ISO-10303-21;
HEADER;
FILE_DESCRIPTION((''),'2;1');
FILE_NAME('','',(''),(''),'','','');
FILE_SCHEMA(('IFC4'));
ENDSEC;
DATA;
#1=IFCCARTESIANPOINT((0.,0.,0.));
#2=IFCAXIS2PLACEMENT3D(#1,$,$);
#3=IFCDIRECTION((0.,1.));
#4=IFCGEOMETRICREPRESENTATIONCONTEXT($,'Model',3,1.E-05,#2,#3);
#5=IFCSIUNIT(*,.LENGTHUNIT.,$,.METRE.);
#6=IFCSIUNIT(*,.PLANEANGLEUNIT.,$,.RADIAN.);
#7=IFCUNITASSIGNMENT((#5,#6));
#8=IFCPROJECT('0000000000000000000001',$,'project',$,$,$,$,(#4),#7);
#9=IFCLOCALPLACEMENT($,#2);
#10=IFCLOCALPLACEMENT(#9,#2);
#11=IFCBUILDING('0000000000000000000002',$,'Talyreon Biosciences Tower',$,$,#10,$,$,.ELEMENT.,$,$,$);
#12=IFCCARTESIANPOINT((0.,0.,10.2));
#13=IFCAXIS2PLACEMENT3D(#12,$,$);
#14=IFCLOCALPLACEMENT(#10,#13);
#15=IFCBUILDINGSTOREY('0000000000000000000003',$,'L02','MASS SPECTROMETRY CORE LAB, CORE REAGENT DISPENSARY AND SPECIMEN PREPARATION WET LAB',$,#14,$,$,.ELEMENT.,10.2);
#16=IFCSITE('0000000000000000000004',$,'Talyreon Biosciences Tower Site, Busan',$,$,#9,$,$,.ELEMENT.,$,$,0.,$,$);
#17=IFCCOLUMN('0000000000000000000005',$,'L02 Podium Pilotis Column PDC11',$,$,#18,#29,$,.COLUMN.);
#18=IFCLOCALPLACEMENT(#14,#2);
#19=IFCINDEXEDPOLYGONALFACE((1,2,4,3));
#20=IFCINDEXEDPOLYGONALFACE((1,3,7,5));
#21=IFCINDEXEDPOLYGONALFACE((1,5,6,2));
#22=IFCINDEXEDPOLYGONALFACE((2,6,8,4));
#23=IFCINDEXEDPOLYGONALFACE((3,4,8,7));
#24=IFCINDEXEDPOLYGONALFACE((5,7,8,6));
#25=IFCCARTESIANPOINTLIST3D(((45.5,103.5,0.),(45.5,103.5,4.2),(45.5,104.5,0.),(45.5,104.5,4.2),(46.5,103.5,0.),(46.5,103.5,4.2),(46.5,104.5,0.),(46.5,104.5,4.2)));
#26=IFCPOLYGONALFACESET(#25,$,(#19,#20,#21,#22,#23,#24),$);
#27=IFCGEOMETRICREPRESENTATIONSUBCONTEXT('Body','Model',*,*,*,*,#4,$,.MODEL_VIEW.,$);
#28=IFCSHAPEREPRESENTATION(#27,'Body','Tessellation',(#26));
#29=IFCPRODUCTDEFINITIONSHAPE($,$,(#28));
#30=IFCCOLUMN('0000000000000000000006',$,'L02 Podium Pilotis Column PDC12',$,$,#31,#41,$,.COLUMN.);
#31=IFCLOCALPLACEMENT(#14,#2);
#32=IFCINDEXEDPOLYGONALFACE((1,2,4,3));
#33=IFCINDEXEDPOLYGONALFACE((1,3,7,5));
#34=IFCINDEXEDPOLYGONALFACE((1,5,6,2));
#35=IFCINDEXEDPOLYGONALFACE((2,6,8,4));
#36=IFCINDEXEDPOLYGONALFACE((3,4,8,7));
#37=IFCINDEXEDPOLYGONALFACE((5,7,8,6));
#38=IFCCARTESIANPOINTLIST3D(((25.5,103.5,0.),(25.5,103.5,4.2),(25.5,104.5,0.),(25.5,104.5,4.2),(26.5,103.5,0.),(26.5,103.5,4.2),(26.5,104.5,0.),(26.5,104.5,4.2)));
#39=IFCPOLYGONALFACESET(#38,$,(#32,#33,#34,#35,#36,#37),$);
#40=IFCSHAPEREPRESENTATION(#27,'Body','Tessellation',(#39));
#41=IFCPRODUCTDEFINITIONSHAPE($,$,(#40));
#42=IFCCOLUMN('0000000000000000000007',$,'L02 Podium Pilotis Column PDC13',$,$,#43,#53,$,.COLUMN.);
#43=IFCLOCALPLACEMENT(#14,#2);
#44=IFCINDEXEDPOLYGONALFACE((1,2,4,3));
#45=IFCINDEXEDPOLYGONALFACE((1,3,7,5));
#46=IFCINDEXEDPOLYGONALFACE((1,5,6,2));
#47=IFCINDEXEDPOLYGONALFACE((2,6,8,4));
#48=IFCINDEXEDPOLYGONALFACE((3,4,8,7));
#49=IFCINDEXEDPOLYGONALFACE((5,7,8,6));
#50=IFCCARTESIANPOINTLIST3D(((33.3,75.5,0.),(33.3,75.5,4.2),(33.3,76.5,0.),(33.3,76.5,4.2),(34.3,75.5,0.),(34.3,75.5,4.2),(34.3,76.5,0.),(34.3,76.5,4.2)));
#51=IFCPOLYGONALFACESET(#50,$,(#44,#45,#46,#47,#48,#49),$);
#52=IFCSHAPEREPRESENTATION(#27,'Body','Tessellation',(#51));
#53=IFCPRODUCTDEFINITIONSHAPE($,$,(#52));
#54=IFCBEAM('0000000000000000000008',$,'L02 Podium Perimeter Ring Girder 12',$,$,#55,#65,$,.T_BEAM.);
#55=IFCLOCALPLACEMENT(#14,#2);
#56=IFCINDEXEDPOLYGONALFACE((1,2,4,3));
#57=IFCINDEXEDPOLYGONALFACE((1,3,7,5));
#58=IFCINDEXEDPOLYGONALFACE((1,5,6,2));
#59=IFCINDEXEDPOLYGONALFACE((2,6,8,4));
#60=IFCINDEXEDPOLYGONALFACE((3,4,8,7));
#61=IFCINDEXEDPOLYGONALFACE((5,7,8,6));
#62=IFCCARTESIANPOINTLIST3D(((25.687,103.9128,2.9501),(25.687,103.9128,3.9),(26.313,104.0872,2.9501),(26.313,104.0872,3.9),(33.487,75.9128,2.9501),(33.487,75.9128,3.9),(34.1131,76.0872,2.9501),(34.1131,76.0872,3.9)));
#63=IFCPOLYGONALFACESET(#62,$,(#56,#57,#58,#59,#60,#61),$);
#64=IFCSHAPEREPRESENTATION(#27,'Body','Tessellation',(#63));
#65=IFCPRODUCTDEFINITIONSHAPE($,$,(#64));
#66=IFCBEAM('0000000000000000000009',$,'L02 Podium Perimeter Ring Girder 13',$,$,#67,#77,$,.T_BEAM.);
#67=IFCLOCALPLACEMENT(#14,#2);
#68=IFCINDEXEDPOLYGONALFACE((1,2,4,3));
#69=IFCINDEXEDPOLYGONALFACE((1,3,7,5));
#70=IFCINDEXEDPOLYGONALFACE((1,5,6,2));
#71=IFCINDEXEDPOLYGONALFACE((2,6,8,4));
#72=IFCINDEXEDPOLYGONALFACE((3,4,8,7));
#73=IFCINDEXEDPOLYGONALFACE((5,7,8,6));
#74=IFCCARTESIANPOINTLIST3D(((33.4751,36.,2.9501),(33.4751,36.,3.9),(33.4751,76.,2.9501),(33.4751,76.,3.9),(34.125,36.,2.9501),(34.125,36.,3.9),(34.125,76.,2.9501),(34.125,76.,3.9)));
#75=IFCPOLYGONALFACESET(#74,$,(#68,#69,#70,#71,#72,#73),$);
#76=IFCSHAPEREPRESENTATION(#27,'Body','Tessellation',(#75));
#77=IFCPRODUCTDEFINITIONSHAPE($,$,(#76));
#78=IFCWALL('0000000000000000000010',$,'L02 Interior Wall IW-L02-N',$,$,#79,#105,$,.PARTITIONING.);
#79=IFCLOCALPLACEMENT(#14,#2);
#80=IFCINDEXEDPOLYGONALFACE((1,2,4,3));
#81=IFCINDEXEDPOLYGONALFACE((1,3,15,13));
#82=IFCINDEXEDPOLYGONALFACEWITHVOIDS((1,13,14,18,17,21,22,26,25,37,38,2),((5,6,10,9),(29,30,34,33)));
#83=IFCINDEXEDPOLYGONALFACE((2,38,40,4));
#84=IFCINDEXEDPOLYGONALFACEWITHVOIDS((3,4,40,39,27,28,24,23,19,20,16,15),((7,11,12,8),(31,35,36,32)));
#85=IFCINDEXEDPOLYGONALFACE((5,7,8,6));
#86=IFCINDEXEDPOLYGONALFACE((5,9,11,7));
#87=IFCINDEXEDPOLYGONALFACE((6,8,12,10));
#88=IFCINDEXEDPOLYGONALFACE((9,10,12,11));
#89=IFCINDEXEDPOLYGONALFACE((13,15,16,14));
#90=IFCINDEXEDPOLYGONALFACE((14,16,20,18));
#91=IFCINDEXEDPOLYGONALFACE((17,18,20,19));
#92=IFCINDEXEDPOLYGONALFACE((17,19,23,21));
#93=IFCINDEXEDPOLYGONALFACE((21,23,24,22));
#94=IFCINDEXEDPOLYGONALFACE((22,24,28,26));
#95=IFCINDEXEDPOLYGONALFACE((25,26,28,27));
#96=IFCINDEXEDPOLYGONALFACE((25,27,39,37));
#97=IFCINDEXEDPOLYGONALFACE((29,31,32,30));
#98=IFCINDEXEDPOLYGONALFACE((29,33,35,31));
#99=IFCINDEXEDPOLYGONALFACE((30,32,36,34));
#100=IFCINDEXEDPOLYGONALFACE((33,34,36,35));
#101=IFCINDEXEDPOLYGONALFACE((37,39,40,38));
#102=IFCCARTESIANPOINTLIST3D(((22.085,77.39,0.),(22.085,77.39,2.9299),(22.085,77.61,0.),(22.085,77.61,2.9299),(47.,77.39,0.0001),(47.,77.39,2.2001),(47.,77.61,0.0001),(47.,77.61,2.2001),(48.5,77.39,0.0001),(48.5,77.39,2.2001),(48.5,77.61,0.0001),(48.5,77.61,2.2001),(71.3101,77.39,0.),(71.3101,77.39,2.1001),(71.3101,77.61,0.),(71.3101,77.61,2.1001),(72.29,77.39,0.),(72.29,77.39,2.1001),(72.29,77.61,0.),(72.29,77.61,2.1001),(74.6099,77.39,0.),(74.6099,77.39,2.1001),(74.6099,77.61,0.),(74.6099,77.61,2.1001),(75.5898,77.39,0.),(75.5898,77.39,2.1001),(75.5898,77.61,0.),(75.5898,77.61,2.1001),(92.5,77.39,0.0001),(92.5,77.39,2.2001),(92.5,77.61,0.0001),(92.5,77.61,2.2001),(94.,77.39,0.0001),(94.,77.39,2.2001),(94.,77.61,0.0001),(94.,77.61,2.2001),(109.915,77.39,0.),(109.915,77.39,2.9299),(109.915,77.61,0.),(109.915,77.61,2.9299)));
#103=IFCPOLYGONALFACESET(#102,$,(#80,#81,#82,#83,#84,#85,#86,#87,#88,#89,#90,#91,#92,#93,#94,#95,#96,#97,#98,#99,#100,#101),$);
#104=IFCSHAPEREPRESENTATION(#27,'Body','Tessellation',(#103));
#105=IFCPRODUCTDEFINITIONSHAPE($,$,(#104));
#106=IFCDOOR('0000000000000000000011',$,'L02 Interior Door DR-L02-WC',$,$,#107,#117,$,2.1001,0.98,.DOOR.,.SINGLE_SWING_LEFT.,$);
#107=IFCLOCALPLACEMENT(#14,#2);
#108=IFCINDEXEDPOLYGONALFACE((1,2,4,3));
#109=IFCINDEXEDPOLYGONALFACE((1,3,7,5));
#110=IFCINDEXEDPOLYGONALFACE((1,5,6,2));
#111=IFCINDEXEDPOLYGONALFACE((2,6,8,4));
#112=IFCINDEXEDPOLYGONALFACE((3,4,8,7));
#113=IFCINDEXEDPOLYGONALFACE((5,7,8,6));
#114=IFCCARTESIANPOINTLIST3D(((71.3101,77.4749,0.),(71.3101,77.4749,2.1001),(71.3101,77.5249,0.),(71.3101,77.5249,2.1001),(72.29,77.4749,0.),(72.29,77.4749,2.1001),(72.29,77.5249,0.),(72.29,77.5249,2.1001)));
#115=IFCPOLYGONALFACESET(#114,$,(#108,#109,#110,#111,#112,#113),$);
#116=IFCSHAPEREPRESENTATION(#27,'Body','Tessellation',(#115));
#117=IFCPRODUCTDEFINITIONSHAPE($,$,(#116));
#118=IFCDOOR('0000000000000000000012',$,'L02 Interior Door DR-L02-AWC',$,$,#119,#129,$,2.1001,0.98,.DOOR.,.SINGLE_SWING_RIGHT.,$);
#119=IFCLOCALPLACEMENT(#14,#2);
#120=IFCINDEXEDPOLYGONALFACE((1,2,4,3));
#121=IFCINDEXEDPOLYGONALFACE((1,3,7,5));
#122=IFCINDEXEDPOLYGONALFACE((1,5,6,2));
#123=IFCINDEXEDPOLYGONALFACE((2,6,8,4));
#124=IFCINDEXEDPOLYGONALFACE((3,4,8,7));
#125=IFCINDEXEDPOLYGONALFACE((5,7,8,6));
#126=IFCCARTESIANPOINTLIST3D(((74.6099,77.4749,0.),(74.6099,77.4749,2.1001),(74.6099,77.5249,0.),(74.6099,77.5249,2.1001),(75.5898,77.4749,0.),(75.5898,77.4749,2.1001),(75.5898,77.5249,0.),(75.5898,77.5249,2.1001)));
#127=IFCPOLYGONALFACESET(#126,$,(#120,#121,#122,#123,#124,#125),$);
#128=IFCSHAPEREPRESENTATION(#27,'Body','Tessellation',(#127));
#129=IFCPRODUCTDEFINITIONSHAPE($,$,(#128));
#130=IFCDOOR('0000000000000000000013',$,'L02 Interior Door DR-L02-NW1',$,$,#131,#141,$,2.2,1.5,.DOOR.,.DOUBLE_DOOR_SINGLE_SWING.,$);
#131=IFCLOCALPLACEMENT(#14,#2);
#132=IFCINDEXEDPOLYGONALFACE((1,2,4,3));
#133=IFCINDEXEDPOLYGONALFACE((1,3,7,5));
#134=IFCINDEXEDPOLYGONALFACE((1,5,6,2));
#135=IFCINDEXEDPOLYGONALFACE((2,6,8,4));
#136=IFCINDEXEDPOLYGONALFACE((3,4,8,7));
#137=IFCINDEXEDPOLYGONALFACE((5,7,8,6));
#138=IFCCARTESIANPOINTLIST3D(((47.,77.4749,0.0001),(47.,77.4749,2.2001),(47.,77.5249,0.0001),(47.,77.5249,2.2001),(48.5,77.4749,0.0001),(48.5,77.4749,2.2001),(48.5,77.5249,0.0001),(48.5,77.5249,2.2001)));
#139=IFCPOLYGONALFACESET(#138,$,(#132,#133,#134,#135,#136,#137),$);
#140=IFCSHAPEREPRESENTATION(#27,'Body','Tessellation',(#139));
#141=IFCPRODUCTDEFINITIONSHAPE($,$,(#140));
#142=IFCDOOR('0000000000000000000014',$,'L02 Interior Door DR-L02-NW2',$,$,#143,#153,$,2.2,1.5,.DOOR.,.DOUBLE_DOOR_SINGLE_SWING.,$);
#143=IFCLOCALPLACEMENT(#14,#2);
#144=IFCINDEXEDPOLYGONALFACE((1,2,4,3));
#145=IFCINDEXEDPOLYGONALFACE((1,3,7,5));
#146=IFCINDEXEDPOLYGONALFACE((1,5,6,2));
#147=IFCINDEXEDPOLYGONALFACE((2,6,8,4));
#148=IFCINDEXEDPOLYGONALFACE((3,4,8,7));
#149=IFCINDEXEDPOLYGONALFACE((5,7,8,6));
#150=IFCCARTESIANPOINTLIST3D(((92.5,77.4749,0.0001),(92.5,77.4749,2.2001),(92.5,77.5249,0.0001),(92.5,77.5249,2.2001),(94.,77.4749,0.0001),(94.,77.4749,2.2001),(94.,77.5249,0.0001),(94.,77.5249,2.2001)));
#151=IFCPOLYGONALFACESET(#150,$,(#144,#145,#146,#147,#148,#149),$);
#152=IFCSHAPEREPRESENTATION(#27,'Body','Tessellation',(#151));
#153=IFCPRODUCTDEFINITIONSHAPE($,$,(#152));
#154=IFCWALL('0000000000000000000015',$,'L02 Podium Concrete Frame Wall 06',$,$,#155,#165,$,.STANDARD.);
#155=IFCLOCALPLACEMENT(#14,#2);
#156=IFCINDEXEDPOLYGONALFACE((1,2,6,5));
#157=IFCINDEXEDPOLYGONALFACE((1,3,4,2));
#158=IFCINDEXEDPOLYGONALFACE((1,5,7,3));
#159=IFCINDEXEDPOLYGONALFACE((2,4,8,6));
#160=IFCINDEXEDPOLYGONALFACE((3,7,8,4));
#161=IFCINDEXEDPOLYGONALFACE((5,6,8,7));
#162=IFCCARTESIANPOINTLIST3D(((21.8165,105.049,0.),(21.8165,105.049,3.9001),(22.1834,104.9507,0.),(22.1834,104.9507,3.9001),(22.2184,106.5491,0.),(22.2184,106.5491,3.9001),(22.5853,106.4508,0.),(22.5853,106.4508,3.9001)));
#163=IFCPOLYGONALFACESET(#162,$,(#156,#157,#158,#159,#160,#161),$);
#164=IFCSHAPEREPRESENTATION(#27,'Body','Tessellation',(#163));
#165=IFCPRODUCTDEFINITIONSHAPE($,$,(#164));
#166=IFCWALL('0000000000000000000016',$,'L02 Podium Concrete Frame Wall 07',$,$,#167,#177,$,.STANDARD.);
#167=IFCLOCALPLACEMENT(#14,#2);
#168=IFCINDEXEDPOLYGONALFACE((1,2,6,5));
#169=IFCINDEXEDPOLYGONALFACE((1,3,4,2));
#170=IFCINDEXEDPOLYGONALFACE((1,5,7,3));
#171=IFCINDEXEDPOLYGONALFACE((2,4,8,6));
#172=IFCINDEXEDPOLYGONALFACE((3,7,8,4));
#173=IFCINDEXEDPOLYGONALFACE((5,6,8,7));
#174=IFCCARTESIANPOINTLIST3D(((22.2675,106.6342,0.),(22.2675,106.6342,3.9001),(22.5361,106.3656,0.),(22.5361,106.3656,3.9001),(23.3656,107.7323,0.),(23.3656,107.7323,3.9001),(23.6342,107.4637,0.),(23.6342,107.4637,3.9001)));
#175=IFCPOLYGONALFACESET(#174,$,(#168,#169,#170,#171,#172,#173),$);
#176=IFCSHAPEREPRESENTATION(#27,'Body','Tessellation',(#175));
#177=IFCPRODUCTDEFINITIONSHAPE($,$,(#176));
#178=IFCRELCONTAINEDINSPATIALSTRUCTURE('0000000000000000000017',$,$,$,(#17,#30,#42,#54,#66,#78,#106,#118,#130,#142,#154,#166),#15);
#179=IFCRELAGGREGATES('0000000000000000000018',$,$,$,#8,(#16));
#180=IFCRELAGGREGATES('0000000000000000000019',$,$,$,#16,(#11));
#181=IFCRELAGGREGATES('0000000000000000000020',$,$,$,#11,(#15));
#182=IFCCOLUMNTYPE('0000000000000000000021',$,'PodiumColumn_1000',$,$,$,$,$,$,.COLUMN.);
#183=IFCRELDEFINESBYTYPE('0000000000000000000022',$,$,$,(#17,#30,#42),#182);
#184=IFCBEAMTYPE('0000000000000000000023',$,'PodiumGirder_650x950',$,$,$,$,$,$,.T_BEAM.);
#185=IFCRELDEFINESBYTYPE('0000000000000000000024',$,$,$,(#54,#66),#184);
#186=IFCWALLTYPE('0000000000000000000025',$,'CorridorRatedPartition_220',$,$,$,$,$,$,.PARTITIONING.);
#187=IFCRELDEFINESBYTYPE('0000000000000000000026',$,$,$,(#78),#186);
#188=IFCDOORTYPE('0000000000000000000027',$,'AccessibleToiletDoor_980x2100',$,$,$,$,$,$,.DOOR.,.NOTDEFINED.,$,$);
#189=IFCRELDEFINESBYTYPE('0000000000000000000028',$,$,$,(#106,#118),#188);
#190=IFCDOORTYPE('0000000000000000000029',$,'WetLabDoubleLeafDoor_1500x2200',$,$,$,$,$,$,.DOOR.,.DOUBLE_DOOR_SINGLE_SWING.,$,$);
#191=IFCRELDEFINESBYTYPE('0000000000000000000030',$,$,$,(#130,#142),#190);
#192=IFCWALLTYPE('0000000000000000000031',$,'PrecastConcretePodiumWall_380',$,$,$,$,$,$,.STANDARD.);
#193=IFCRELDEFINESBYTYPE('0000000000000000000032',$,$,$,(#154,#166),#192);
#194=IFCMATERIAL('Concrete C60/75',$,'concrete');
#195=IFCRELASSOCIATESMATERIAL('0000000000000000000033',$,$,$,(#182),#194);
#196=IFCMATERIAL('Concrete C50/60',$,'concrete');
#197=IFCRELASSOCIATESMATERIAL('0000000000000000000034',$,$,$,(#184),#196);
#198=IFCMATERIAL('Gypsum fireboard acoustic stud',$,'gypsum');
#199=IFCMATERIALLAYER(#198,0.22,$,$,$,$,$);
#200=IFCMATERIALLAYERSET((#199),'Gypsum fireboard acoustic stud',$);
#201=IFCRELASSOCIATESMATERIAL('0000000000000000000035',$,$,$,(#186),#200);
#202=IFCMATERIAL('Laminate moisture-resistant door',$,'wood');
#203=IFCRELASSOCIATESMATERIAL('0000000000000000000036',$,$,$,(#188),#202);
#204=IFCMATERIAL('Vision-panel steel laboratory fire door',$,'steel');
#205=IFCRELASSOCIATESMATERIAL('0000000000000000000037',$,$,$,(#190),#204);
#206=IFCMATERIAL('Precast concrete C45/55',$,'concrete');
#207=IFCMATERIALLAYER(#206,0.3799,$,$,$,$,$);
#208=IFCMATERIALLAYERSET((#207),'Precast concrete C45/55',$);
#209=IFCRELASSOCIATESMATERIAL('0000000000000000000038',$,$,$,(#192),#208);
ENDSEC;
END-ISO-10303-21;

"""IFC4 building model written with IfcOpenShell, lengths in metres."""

from ifc_helpers import new_model, si_unit, direction, frame, frame_2d, origin, origin_2d, place, context, subcontext, project, spatial, rectangle, extrude, material, layer, layer_set, material_profile, profile_set, type_object, element, fill, save


model = new_model("IFC4")

# Units and contexts
model_context = context("Model", 3, precision=1e-05, world=origin(), true_north=direction((0.0, 1.0)))
body_context = subcontext(model_context, "Body", "Model", "MODEL_VIEW")
ifc_project = project(units=[si_unit("LENGTHUNIT", "METRE"), si_unit("PLANEANGLEUNIT", "RADIAN")], contexts=[model_context])

# Site, building, storey
site_placement = place(None, origin())
site = spatial("IfcSite", under=ifc_project, at=site_placement, Name="Talyreon Biosciences Tower Site, Busan", CompositionType="ELEMENT", RefElevation=0.0)
building_placement = place(site_placement, origin())
building = spatial("IfcBuilding", under=site, at=building_placement, Name="Talyreon Biosciences Tower", CompositionType="ELEMENT")
storey_placement = place(building_placement, frame((0.0, 0.0, 10.2)))
storey = spatial("IfcBuildingStorey", under=building, at=storey_placement, Name="L02", Description="MASS SPECTROMETRY CORE LAB, CORE REAGENT DISPENSARY AND SPECIMEN PREPARATION WET LAB", CompositionType="ELEMENT", Elevation=10.2)

# Columns
ifc_material_1 = material(Name="Concrete C60/75", Category="concrete")
ifc_material_profile_1 = material_profile(ifc_material_1, rectangle(XDim=1.0, YDim=1.0, at=origin_2d()), Name="RC 1000x1000")
ifc_profile_set_1 = profile_set([ifc_material_profile_1], Name="Concrete C60/75")
column_type = type_object("IfcColumnType", Name="PodiumColumn_1000", PredefinedType="COLUMN", material=ifc_profile_set_1)
for number, where, z_axis, x_axis, name in (
    (1, (46.0, 104.0, 0.0), (0.0, 0.0, 1.0), (1.0, 0.0, 0.0), "L02 Podium Pilotis Column PDC11"),
    (2, (26.0, 104.0, 0.0), (0.0, 0.0, 1.0), (1.0, 0.0, 0.0), "L02 Podium Pilotis Column PDC12"),
    (3, (33.8, 76.0, 0.0), (0.0, 0.0, 1.0), (1.0, 0.0, 0.0), "L02 Podium Pilotis Column PDC13"),
):
    element("IfcColumn", number, at=place(storey_placement, frame(where, z_axis=z_axis, x_axis=x_axis)), inside=storey, type_object=column_type, Name=name, PredefinedType="COLUMN", context=body_context, shape_type="SweptSolid", body=[
        extrude(rectangle(XDim=1.0, YDim=1.0, at=origin_2d()), origin(), (0.0, 0.0, 1.0), 4.2),
    ])

# Beams
ifc_material_2 = material(Name="Concrete C50/60", Category="concrete")
ifc_material_profile_2 = material_profile(ifc_material_2, rectangle(XDim=0.6499, YDim=0.95, at=origin_2d()), Name="RCB 650x950")
ifc_profile_set_2 = profile_set([ifc_material_profile_2], Name="Concrete C50/60")
beam_type = type_object("IfcBeamType", Name="PodiumGirder_650x950", PredefinedType="T_BEAM", material=ifc_profile_set_2)
beam_1_placement = place(storey_placement, frame((26.0, 104.0, 3.425), z_axis=(0.268355, -0.96332, 0.0), x_axis=(0.96332, 0.268355, 0.0)))
element("IfcBeam", 4, at=beam_1_placement, inside=storey, type_object=beam_type, Name="L02 Podium Perimeter Ring Girder 12", PredefinedType="T_BEAM", context=body_context, shape_type="SweptSolid", body=[
    extrude(rectangle(XDim=0.6499, YDim=0.95, at=origin_2d()), origin(), (0.0, 0.0, 1.0), 29.0662),
])
beam_2_placement = place(storey_placement, frame((33.8, 76.0, 3.425), z_axis=(0.0, -1.0, 0.0), x_axis=(1.0, 0.0, 0.0)))
element("IfcBeam", 5, at=beam_2_placement, inside=storey, type_object=beam_type, Name="L02 Podium Perimeter Ring Girder 13", PredefinedType="T_BEAM", context=body_context, shape_type="SweptSolid", body=[
    extrude(rectangle(XDim=0.6499, YDim=0.95, at=origin_2d()), origin(), (0.0, 0.0, 1.0), 40.0),
])

# Wall, openings, doors
ifc_material_3 = material(Name="Gypsum fireboard acoustic stud", Category="gypsum")
ifc_layer_1 = layer(ifc_material_3, 0.22)
ifc_layer_set_1 = layer_set([ifc_layer_1], Name="Gypsum fireboard acoustic stud")
wall_type_1 = type_object("IfcWallType", Name="CorridorRatedPartition_220", PredefinedType="PARTITIONING", material=ifc_layer_set_1)
wall_1_placement = place(storey_placement, frame((22.085, 77.5, 0.0), z_axis=(0.0, 0.0, 1.0), x_axis=(1.0, 0.0, 0.0)))
wall_1 = element("IfcWall", 6, at=wall_1_placement, inside=storey, type_object=wall_type_1, Name="L02 Interior Wall IW-L02-N", PredefinedType="PARTITIONING", context=body_context, shape_type="SweptSolid", body=[
    extrude(rectangle(XDim=87.8301, YDim=0.22, at=frame_2d((43.915, 0.0))), origin(), (0.0, 0.0, 1.0), 2.9299),
])
opening_1_placement = place(wall_1_placement, frame((24.915, 0.0, 0.0)))
opening_1 = element("IfcOpeningElement", 7, at=opening_1_placement, cuts=wall_1, PredefinedType="OPENING", context=body_context, shape_type="SweptSolid", body=[
    extrude(rectangle(XDim=1.5, YDim=2.2, at=frame_2d((0.75, 1.1001))), frame((0.0, 0.1199, 0.0), z_axis=(0.0, -1.0, 0.0), x_axis=(1.0, 0.0, 0.0)), (0.0, 0.0, 1.0), 0.24),
])
opening_2_placement = place(wall_1_placement, frame((49.2251, 0.0, 0.0)))
opening_2 = element("IfcOpeningElement", 8, at=opening_2_placement, cuts=wall_1, PredefinedType="OPENING", context=body_context, shape_type="SweptSolid", body=[
    extrude(rectangle(XDim=0.98, YDim=2.1001, at=frame_2d((0.49, 1.05))), frame((0.0, 0.1199, 0.0), z_axis=(0.0, -1.0, 0.0), x_axis=(1.0, 0.0, 0.0)), (0.0, 0.0, 1.0), 0.24),
])
opening_3_placement = place(wall_1_placement, frame((52.5249, 0.0, 0.0)))
opening_3 = element("IfcOpeningElement", 9, at=opening_3_placement, cuts=wall_1, PredefinedType="OPENING", context=body_context, shape_type="SweptSolid", body=[
    extrude(rectangle(XDim=0.98, YDim=2.1001, at=frame_2d((0.49, 1.05))), frame((0.0, 0.1199, 0.0), z_axis=(0.0, -1.0, 0.0), x_axis=(1.0, 0.0, 0.0)), (0.0, 0.0, 1.0), 0.24),
])
opening_4_placement = place(wall_1_placement, frame((70.415, 0.0, 0.0)))
opening_4 = element("IfcOpeningElement", 10, at=opening_4_placement, cuts=wall_1, PredefinedType="OPENING", context=body_context, shape_type="SweptSolid", body=[
    extrude(rectangle(XDim=1.5, YDim=2.2, at=frame_2d((0.75, 1.1001))), frame((0.0, 0.1199, 0.0), z_axis=(0.0, -1.0, 0.0), x_axis=(1.0, 0.0, 0.0)), (0.0, 0.0, 1.0), 0.24),
])
ifc_material_4 = material(Name="Laminate moisture-resistant door", Category="wood")
door_type_1 = type_object("IfcDoorType", Name="AccessibleToiletDoor_980x2100", OperationType="NOTDEFINED", PredefinedType="DOOR", material=ifc_material_4)
door_1_placement = place(opening_2_placement, origin())
door_1 = element("IfcDoor", 11, at=door_1_placement, inside=storey, type_object=door_type_1, Name="L02 Interior Door DR-L02-WC", OperationType="SINGLE_SWING_LEFT", OverallHeight=2.1001, OverallWidth=0.98, PredefinedType="DOOR", context=body_context, shape_type="SweptSolid", body=[
    extrude(rectangle(XDim=0.98, YDim=2.1001, at=frame_2d((0.49, 1.05))), frame((0.0, 0.0249, 0.0), z_axis=(0.0, -1.0, 0.0), x_axis=(1.0, 0.0, 0.0)), (0.0, 0.0, 1.0), 0.05),
])
fill(opening_2, door_1)
door_2_placement = place(opening_3_placement, origin())
door_2 = element("IfcDoor", 12, at=door_2_placement, inside=storey, type_object=door_type_1, Name="L02 Interior Door DR-L02-AWC", OperationType="SINGLE_SWING_RIGHT", OverallHeight=2.1001, OverallWidth=0.98, PredefinedType="DOOR", context=body_context, shape_type="SweptSolid", body=[
    extrude(rectangle(XDim=0.98, YDim=2.1001, at=frame_2d((0.49, 1.05))), frame((0.0, 0.0249, 0.0), z_axis=(0.0, -1.0, 0.0), x_axis=(1.0, 0.0, 0.0)), (0.0, 0.0, 1.0), 0.05),
])
fill(opening_3, door_2)
ifc_material_5 = material(Name="Vision-panel steel laboratory fire door", Category="steel")
door_type_2 = type_object("IfcDoorType", Name="WetLabDoubleLeafDoor_1500x2200", OperationType="DOUBLE_DOOR_SINGLE_SWING", PredefinedType="DOOR", material=ifc_material_5)
door_3_placement = place(opening_1_placement, origin())
door_3 = element("IfcDoor", 13, at=door_3_placement, inside=storey, type_object=door_type_2, Name="L02 Interior Door DR-L02-NW1", OperationType="DOUBLE_DOOR_SINGLE_SWING", OverallHeight=2.2, OverallWidth=1.5, PredefinedType="DOOR", context=body_context, shape_type="SweptSolid", body=[
    extrude(rectangle(XDim=1.5, YDim=2.2, at=frame_2d((0.75, 1.1001))), frame((0.0, 0.0249, 0.0), z_axis=(0.0, -1.0, 0.0), x_axis=(1.0, 0.0, 0.0)), (0.0, 0.0, 1.0), 0.05),
])
fill(opening_1, door_3)
door_4_placement = place(opening_4_placement, origin())
door_4 = element("IfcDoor", 14, at=door_4_placement, inside=storey, type_object=door_type_2, Name="L02 Interior Door DR-L02-NW2", OperationType="DOUBLE_DOOR_SINGLE_SWING", OverallHeight=2.2, OverallWidth=1.5, PredefinedType="DOOR", context=body_context, shape_type="SweptSolid", body=[
    extrude(rectangle(XDim=1.5, YDim=2.2, at=frame_2d((0.75, 1.1001))), frame((0.0, 0.0249, 0.0), z_axis=(0.0, -1.0, 0.0), x_axis=(1.0, 0.0, 0.0)), (0.0, 0.0, 1.0), 0.05),
])
fill(opening_4, door_4)

# Walls
ifc_material_6 = material(Name="Precast concrete C45/55", Category="concrete")
ifc_layer_2 = layer(ifc_material_6, 0.3799)
ifc_layer_set_2 = layer_set([ifc_layer_2], Name="Precast concrete C45/55")
wall_type_2 = type_object("IfcWallType", Name="PrecastConcretePodiumWall_380", PredefinedType="STANDARD", material=ifc_layer_set_2)
for number, where, z_axis, x_axis, name in (
    (15, (22.0, 105.0, 0.0), (0.0, 0.0, 1.0), (0.258778, 0.965937, 0.0), "L02 Podium Concrete Frame Wall 06"),
    (16, (22.4019, 106.5, 0.0), (0.0, 0.0, 1.0), (0.707107, 0.707107, 0.0), "L02 Podium Concrete Frame Wall 07"),
):
    element("IfcWall", number, at=place(storey_placement, frame(where, z_axis=z_axis, x_axis=x_axis)), inside=storey, type_object=wall_type_2, Name=name, PredefinedType="STANDARD", context=body_context, shape_type="SweptSolid", body=[
        extrude(rectangle(XDim=1.553, YDim=0.3799, at=frame_2d((0.7764, 0.0))), origin(), (0.0, 0.0, 1.0), 3.9001),
    ])

save(model, "model.ifc")
